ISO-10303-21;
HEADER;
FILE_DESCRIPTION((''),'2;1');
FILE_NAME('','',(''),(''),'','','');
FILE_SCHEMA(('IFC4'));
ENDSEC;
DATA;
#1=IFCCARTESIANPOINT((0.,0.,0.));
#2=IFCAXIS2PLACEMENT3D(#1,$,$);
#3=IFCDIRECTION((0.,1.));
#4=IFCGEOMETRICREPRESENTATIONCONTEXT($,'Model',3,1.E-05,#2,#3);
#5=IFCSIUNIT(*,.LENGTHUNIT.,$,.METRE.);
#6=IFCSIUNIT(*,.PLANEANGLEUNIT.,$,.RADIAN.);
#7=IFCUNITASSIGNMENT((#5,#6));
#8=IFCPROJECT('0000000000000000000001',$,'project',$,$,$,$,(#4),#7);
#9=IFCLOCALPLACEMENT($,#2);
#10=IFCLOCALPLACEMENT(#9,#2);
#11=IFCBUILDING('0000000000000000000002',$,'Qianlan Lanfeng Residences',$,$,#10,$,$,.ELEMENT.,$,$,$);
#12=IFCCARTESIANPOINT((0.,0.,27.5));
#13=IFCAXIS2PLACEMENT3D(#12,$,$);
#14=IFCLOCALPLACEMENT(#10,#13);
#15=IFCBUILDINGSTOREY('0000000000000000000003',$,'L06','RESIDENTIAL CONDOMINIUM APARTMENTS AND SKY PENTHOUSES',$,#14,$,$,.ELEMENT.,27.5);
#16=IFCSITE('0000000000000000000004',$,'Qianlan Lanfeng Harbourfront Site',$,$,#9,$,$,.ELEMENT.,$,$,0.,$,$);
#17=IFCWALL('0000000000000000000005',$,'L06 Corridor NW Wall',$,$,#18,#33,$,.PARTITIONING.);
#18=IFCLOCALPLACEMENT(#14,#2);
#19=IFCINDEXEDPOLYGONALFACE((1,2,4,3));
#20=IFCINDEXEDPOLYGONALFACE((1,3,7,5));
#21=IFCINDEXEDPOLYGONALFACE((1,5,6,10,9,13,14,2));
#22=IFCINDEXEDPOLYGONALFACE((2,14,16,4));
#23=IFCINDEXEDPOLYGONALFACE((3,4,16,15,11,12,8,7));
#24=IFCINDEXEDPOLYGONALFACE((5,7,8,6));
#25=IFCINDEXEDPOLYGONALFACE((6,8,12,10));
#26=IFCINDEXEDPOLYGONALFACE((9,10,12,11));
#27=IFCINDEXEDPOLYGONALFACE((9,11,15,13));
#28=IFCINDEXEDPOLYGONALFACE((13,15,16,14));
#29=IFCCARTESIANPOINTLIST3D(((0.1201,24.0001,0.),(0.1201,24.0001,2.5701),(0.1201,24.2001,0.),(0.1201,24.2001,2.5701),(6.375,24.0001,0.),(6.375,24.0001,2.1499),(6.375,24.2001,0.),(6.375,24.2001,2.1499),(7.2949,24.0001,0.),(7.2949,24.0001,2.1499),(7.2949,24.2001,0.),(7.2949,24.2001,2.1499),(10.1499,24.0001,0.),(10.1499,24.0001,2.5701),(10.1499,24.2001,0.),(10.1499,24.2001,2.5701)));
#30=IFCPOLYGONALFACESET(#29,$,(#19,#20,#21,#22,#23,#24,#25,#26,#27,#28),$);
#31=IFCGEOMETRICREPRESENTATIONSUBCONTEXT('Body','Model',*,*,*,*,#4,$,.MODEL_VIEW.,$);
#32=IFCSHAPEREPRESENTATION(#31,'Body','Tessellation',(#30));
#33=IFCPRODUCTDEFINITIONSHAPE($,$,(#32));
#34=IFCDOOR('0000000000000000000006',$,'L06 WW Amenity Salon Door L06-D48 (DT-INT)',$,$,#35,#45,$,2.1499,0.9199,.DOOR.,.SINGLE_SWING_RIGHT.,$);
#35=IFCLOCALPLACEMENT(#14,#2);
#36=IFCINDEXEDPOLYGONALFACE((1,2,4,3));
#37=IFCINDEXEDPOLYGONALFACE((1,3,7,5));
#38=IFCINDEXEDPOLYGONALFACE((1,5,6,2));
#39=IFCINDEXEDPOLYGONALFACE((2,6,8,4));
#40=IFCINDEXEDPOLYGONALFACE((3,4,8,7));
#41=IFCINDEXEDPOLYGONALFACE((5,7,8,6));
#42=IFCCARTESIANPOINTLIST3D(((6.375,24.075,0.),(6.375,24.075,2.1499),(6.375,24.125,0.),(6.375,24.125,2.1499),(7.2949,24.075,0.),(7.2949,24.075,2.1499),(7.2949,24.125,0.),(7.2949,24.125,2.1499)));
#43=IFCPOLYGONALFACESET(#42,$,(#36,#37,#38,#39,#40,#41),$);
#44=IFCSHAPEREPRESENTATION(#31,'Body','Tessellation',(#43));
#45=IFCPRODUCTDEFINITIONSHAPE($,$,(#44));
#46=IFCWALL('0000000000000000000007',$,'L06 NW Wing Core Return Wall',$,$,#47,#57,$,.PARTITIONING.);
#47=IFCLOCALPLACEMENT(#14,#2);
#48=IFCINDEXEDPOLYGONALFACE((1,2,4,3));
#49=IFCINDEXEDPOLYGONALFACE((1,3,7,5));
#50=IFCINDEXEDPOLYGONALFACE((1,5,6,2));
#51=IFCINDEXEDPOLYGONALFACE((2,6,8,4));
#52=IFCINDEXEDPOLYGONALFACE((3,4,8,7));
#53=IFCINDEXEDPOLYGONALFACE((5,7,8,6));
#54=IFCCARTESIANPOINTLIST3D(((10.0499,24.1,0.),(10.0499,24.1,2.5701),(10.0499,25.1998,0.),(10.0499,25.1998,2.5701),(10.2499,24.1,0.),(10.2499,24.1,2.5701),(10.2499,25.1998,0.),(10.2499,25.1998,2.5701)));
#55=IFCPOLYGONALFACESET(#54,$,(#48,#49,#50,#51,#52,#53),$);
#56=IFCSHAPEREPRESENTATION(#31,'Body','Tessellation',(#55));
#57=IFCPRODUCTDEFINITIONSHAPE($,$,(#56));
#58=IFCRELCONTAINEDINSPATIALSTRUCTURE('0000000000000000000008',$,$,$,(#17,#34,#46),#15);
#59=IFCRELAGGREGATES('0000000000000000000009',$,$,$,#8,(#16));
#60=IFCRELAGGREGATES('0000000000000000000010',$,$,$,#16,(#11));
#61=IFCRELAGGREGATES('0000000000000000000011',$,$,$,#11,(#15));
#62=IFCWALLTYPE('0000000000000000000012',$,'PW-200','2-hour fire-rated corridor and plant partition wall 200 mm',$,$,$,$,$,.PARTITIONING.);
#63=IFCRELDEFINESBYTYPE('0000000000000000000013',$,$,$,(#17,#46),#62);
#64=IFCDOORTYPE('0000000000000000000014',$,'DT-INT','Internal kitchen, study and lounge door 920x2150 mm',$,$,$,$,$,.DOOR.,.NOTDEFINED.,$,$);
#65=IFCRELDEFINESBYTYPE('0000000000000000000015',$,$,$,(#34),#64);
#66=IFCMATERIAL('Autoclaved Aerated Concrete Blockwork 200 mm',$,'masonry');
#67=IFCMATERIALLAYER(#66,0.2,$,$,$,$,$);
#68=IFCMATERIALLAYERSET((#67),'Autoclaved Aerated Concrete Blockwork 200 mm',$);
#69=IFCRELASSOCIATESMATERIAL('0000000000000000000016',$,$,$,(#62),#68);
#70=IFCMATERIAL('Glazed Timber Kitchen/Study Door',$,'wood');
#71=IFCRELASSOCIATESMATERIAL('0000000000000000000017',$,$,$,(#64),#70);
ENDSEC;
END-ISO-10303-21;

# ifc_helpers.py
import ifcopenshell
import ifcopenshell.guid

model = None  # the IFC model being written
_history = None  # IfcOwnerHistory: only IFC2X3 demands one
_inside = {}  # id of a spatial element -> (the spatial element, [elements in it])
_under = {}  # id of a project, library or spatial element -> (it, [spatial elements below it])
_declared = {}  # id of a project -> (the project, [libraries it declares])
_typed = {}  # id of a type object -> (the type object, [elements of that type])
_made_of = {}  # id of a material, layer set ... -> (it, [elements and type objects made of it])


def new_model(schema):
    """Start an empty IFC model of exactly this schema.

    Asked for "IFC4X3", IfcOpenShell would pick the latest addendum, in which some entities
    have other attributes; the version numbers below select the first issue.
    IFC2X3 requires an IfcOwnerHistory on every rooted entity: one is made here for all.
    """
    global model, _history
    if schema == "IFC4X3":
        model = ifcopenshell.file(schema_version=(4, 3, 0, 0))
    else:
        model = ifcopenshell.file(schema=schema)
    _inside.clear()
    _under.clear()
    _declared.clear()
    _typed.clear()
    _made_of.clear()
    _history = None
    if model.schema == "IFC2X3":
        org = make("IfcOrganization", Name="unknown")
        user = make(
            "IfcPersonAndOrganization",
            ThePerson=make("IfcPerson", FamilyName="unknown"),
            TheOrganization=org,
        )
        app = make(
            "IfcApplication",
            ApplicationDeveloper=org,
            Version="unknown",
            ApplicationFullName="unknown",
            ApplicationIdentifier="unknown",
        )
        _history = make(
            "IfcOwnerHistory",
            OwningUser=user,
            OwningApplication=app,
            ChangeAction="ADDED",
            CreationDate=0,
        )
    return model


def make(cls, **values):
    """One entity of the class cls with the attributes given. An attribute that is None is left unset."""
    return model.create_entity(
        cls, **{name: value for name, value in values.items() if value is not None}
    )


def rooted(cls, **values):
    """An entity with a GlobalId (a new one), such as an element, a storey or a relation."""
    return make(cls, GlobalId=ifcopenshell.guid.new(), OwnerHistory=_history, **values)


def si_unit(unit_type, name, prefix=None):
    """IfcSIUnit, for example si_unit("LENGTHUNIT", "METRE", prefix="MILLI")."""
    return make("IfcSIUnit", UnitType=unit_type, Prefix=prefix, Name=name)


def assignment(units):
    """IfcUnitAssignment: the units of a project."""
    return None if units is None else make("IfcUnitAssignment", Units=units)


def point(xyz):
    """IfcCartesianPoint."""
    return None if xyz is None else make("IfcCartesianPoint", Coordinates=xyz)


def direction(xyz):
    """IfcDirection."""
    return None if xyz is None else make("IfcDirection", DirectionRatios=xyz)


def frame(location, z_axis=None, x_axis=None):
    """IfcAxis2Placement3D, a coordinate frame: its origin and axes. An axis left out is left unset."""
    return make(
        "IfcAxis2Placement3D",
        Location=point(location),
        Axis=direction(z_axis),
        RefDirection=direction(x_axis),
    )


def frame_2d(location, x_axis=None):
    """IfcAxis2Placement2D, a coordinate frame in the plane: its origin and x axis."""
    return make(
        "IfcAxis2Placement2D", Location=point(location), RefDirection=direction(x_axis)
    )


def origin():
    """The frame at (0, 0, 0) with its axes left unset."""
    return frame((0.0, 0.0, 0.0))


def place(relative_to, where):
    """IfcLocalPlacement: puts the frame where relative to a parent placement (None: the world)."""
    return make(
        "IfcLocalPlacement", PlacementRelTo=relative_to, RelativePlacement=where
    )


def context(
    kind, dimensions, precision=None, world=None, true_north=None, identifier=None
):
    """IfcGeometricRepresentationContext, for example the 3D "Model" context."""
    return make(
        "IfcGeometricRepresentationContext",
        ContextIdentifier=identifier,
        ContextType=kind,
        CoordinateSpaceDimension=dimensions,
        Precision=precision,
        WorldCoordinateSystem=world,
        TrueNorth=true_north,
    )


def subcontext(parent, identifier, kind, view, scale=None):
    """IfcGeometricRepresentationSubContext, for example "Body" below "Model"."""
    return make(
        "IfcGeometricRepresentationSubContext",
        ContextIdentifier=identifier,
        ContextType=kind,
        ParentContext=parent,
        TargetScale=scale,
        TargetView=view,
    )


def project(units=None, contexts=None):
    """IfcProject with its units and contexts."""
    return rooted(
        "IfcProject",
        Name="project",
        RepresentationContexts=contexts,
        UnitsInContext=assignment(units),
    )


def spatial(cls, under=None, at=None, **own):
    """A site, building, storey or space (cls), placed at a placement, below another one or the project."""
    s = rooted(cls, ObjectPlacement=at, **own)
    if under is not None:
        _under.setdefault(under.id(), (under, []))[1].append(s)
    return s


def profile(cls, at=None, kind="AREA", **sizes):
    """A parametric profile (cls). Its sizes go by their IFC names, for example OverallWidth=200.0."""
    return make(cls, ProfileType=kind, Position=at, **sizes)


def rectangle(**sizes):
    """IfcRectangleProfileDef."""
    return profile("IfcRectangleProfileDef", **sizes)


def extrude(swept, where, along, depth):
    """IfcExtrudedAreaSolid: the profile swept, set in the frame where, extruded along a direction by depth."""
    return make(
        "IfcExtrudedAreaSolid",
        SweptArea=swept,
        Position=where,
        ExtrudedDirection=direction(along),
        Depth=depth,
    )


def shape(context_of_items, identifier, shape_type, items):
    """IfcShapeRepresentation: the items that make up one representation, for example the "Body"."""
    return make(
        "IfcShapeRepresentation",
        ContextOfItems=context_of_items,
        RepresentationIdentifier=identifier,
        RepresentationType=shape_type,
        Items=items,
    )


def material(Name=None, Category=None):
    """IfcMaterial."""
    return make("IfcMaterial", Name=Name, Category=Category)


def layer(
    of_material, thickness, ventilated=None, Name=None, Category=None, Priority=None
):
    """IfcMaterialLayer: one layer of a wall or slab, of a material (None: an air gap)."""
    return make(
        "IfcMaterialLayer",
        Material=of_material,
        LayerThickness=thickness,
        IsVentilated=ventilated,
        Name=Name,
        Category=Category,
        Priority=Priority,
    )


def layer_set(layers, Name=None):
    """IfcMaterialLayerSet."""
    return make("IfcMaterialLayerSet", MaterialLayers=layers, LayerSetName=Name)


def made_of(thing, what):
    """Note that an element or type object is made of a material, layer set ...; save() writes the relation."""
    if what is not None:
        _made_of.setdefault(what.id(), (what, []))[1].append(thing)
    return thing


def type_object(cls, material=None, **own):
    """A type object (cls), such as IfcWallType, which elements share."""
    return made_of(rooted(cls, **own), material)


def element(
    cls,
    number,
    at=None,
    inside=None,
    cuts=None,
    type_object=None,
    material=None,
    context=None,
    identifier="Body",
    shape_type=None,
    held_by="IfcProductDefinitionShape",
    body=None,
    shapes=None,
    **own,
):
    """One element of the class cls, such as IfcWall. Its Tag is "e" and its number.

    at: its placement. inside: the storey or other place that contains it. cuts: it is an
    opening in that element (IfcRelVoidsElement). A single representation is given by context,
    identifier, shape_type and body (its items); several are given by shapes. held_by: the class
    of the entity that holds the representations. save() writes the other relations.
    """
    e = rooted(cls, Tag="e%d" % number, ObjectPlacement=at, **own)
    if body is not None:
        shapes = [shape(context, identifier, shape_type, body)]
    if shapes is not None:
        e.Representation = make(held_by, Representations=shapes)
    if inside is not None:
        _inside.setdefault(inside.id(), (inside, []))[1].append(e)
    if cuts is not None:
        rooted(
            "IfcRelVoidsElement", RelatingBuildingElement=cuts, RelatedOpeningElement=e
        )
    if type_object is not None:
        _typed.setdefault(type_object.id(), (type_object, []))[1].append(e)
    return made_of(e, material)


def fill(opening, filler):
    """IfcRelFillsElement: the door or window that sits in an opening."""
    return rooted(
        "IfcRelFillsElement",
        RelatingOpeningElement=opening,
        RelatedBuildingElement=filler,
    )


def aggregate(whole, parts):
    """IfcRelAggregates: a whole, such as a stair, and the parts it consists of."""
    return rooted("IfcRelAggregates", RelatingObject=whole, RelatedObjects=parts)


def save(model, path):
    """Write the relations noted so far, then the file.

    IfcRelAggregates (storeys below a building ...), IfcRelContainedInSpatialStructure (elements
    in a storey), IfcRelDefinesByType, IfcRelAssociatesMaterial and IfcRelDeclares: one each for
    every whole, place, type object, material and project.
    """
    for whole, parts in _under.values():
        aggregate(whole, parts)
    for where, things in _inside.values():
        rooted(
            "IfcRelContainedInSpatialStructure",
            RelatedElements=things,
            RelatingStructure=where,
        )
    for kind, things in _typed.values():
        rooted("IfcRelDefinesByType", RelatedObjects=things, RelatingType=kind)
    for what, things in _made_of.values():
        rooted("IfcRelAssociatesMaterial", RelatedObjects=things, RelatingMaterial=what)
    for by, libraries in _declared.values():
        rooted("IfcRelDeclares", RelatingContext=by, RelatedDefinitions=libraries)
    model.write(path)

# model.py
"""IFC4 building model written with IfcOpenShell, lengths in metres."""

from ifc_helpers import new_model, si_unit, direction, frame, frame_2d, origin, place, context, subcontext, project, spatial, rectangle, extrude, material, layer, layer_set, type_object, element, fill, save


model = new_model("IFC4")

# Units and contexts
model_context = context("Model", 3, precision=1e-05, world=origin(), true_north=direction((0.0, 1.0)))
body_context = subcontext(model_context, "Body", "Model", "MODEL_VIEW")
ifc_project = project(units=[si_unit("LENGTHUNIT", "METRE"), si_unit("PLANEANGLEUNIT", "RADIAN")], contexts=[model_context])

# Site, building, storey
site_placement = place(None, origin())
site = spatial("IfcSite", under=ifc_project, at=site_placement, Name="Qianlan Lanfeng Harbourfront Site", CompositionType="ELEMENT", RefElevation=0.0)
building_placement = place(site_placement, origin())
building = spatial("IfcBuilding", under=site, at=building_placement, Name="Qianlan Lanfeng Residences", CompositionType="ELEMENT")
storey_placement = place(building_placement, frame((0.0, 0.0, 27.5)))
storey = spatial("IfcBuildingStorey", under=building, at=storey_placement, Name="L06", Description="RESIDENTIAL CONDOMINIUM APARTMENTS AND SKY PENTHOUSES", CompositionType="ELEMENT", Elevation=27.5)

# Shared definitions
ifc_material_1 = material(Name="Autoclaved Aerated Concrete Blockwork 200 mm", Category="masonry")
ifc_layer = layer(ifc_material_1, 0.2)
ifc_layer_set = layer_set([ifc_layer], Name="Autoclaved Aerated Concrete Blockwork 200 mm")
wall_type = type_object("IfcWallType", Name="PW-200", Description="2-hour fire-rated corridor and plant partition wall 200 mm", PredefinedType="PARTITIONING", material=ifc_layer_set)
ifc_material_2 = material(Name="Glazed Timber Kitchen/Study Door", Category="wood")
door_type_1 = type_object("IfcDoorType", Name="DT-INT", Description="Internal kitchen, study and lounge door 920x2150 mm", OperationType="NOTDEFINED", PredefinedType="DOOR", material=ifc_material_2)

# Wall, opening, door
wall_1_placement = place(storey_placement, frame((0.1201, 24.1001, 0.0), z_axis=(0.0, 0.0, 1.0), x_axis=(1.0, 0.0, 0.0)))
wall_1 = element("IfcWall", 1, at=wall_1_placement, inside=storey, type_object=wall_type, Name="L06 Corridor NW Wall", PredefinedType="PARTITIONING", context=body_context, shape_type="SweptSolid", body=[
    extrude(rectangle(XDim=10.0298, YDim=0.2, at=frame_2d((5.0149, 0.0))), origin(), (0.0, 0.0, 1.0), 2.5701),
])
opening_1_placement = place(wall_1_placement, frame((6.2549, 0.0, 0.0)))
opening_1 = element("IfcOpeningElement", 2, at=opening_1_placement, cuts=wall_1, PredefinedType="OPENING", context=body_context, shape_type="SweptSolid", body=[
    extrude(rectangle(XDim=0.9199, YDim=2.1499, at=frame_2d((0.46, 1.075))), frame((0.0, 0.1099, 0.0), z_axis=(0.0, -1.0, 0.0), x_axis=(1.0, 0.0, 0.0)), (0.0, 0.0, 1.0), 0.22),
])
door_1_placement = place(opening_1_placement, origin())
door_1 = element("IfcDoor", 3, at=door_1_placement, inside=storey, type_object=door_type_1, Name="L06 WW Amenity Salon Door L06-D48 (DT-INT)", OperationType="SINGLE_SWING_RIGHT", OverallHeight=2.1499, OverallWidth=0.9199, PredefinedType="DOOR", context=body_context, shape_type="SweptSolid", body=[
    extrude(rectangle(XDim=0.9199, YDim=2.1499, at=frame_2d((0.46, 1.075))), frame((0.0, 0.0249, 0.0), z_axis=(0.0, -1.0, 0.0), x_axis=(1.0, 0.0, 0.0)), (0.0, 0.0, 1.0), 0.05),
])
fill(opening_1, door_1)

# Wall
wall_2_placement = place(storey_placement, frame((10.1499, 24.1001, 0.0), z_axis=(0.0, 0.0, 1.0), x_axis=(0.0, 1.0, 0.0)))
element("IfcWall", 4, at=wall_2_placement, inside=storey, type_object=wall_type, Name="L06 NW Wing Core Return Wall", PredefinedType="PARTITIONING", context=body_context, shape_type="SweptSolid", body=[
    extrude(rectangle(XDim=1.0999, YDim=0.2, at=frame_2d((0.5498, 0.0))), origin(), (0.0, 0.0, 1.0), 2.5701),
])

save(model, "model.ifc")
